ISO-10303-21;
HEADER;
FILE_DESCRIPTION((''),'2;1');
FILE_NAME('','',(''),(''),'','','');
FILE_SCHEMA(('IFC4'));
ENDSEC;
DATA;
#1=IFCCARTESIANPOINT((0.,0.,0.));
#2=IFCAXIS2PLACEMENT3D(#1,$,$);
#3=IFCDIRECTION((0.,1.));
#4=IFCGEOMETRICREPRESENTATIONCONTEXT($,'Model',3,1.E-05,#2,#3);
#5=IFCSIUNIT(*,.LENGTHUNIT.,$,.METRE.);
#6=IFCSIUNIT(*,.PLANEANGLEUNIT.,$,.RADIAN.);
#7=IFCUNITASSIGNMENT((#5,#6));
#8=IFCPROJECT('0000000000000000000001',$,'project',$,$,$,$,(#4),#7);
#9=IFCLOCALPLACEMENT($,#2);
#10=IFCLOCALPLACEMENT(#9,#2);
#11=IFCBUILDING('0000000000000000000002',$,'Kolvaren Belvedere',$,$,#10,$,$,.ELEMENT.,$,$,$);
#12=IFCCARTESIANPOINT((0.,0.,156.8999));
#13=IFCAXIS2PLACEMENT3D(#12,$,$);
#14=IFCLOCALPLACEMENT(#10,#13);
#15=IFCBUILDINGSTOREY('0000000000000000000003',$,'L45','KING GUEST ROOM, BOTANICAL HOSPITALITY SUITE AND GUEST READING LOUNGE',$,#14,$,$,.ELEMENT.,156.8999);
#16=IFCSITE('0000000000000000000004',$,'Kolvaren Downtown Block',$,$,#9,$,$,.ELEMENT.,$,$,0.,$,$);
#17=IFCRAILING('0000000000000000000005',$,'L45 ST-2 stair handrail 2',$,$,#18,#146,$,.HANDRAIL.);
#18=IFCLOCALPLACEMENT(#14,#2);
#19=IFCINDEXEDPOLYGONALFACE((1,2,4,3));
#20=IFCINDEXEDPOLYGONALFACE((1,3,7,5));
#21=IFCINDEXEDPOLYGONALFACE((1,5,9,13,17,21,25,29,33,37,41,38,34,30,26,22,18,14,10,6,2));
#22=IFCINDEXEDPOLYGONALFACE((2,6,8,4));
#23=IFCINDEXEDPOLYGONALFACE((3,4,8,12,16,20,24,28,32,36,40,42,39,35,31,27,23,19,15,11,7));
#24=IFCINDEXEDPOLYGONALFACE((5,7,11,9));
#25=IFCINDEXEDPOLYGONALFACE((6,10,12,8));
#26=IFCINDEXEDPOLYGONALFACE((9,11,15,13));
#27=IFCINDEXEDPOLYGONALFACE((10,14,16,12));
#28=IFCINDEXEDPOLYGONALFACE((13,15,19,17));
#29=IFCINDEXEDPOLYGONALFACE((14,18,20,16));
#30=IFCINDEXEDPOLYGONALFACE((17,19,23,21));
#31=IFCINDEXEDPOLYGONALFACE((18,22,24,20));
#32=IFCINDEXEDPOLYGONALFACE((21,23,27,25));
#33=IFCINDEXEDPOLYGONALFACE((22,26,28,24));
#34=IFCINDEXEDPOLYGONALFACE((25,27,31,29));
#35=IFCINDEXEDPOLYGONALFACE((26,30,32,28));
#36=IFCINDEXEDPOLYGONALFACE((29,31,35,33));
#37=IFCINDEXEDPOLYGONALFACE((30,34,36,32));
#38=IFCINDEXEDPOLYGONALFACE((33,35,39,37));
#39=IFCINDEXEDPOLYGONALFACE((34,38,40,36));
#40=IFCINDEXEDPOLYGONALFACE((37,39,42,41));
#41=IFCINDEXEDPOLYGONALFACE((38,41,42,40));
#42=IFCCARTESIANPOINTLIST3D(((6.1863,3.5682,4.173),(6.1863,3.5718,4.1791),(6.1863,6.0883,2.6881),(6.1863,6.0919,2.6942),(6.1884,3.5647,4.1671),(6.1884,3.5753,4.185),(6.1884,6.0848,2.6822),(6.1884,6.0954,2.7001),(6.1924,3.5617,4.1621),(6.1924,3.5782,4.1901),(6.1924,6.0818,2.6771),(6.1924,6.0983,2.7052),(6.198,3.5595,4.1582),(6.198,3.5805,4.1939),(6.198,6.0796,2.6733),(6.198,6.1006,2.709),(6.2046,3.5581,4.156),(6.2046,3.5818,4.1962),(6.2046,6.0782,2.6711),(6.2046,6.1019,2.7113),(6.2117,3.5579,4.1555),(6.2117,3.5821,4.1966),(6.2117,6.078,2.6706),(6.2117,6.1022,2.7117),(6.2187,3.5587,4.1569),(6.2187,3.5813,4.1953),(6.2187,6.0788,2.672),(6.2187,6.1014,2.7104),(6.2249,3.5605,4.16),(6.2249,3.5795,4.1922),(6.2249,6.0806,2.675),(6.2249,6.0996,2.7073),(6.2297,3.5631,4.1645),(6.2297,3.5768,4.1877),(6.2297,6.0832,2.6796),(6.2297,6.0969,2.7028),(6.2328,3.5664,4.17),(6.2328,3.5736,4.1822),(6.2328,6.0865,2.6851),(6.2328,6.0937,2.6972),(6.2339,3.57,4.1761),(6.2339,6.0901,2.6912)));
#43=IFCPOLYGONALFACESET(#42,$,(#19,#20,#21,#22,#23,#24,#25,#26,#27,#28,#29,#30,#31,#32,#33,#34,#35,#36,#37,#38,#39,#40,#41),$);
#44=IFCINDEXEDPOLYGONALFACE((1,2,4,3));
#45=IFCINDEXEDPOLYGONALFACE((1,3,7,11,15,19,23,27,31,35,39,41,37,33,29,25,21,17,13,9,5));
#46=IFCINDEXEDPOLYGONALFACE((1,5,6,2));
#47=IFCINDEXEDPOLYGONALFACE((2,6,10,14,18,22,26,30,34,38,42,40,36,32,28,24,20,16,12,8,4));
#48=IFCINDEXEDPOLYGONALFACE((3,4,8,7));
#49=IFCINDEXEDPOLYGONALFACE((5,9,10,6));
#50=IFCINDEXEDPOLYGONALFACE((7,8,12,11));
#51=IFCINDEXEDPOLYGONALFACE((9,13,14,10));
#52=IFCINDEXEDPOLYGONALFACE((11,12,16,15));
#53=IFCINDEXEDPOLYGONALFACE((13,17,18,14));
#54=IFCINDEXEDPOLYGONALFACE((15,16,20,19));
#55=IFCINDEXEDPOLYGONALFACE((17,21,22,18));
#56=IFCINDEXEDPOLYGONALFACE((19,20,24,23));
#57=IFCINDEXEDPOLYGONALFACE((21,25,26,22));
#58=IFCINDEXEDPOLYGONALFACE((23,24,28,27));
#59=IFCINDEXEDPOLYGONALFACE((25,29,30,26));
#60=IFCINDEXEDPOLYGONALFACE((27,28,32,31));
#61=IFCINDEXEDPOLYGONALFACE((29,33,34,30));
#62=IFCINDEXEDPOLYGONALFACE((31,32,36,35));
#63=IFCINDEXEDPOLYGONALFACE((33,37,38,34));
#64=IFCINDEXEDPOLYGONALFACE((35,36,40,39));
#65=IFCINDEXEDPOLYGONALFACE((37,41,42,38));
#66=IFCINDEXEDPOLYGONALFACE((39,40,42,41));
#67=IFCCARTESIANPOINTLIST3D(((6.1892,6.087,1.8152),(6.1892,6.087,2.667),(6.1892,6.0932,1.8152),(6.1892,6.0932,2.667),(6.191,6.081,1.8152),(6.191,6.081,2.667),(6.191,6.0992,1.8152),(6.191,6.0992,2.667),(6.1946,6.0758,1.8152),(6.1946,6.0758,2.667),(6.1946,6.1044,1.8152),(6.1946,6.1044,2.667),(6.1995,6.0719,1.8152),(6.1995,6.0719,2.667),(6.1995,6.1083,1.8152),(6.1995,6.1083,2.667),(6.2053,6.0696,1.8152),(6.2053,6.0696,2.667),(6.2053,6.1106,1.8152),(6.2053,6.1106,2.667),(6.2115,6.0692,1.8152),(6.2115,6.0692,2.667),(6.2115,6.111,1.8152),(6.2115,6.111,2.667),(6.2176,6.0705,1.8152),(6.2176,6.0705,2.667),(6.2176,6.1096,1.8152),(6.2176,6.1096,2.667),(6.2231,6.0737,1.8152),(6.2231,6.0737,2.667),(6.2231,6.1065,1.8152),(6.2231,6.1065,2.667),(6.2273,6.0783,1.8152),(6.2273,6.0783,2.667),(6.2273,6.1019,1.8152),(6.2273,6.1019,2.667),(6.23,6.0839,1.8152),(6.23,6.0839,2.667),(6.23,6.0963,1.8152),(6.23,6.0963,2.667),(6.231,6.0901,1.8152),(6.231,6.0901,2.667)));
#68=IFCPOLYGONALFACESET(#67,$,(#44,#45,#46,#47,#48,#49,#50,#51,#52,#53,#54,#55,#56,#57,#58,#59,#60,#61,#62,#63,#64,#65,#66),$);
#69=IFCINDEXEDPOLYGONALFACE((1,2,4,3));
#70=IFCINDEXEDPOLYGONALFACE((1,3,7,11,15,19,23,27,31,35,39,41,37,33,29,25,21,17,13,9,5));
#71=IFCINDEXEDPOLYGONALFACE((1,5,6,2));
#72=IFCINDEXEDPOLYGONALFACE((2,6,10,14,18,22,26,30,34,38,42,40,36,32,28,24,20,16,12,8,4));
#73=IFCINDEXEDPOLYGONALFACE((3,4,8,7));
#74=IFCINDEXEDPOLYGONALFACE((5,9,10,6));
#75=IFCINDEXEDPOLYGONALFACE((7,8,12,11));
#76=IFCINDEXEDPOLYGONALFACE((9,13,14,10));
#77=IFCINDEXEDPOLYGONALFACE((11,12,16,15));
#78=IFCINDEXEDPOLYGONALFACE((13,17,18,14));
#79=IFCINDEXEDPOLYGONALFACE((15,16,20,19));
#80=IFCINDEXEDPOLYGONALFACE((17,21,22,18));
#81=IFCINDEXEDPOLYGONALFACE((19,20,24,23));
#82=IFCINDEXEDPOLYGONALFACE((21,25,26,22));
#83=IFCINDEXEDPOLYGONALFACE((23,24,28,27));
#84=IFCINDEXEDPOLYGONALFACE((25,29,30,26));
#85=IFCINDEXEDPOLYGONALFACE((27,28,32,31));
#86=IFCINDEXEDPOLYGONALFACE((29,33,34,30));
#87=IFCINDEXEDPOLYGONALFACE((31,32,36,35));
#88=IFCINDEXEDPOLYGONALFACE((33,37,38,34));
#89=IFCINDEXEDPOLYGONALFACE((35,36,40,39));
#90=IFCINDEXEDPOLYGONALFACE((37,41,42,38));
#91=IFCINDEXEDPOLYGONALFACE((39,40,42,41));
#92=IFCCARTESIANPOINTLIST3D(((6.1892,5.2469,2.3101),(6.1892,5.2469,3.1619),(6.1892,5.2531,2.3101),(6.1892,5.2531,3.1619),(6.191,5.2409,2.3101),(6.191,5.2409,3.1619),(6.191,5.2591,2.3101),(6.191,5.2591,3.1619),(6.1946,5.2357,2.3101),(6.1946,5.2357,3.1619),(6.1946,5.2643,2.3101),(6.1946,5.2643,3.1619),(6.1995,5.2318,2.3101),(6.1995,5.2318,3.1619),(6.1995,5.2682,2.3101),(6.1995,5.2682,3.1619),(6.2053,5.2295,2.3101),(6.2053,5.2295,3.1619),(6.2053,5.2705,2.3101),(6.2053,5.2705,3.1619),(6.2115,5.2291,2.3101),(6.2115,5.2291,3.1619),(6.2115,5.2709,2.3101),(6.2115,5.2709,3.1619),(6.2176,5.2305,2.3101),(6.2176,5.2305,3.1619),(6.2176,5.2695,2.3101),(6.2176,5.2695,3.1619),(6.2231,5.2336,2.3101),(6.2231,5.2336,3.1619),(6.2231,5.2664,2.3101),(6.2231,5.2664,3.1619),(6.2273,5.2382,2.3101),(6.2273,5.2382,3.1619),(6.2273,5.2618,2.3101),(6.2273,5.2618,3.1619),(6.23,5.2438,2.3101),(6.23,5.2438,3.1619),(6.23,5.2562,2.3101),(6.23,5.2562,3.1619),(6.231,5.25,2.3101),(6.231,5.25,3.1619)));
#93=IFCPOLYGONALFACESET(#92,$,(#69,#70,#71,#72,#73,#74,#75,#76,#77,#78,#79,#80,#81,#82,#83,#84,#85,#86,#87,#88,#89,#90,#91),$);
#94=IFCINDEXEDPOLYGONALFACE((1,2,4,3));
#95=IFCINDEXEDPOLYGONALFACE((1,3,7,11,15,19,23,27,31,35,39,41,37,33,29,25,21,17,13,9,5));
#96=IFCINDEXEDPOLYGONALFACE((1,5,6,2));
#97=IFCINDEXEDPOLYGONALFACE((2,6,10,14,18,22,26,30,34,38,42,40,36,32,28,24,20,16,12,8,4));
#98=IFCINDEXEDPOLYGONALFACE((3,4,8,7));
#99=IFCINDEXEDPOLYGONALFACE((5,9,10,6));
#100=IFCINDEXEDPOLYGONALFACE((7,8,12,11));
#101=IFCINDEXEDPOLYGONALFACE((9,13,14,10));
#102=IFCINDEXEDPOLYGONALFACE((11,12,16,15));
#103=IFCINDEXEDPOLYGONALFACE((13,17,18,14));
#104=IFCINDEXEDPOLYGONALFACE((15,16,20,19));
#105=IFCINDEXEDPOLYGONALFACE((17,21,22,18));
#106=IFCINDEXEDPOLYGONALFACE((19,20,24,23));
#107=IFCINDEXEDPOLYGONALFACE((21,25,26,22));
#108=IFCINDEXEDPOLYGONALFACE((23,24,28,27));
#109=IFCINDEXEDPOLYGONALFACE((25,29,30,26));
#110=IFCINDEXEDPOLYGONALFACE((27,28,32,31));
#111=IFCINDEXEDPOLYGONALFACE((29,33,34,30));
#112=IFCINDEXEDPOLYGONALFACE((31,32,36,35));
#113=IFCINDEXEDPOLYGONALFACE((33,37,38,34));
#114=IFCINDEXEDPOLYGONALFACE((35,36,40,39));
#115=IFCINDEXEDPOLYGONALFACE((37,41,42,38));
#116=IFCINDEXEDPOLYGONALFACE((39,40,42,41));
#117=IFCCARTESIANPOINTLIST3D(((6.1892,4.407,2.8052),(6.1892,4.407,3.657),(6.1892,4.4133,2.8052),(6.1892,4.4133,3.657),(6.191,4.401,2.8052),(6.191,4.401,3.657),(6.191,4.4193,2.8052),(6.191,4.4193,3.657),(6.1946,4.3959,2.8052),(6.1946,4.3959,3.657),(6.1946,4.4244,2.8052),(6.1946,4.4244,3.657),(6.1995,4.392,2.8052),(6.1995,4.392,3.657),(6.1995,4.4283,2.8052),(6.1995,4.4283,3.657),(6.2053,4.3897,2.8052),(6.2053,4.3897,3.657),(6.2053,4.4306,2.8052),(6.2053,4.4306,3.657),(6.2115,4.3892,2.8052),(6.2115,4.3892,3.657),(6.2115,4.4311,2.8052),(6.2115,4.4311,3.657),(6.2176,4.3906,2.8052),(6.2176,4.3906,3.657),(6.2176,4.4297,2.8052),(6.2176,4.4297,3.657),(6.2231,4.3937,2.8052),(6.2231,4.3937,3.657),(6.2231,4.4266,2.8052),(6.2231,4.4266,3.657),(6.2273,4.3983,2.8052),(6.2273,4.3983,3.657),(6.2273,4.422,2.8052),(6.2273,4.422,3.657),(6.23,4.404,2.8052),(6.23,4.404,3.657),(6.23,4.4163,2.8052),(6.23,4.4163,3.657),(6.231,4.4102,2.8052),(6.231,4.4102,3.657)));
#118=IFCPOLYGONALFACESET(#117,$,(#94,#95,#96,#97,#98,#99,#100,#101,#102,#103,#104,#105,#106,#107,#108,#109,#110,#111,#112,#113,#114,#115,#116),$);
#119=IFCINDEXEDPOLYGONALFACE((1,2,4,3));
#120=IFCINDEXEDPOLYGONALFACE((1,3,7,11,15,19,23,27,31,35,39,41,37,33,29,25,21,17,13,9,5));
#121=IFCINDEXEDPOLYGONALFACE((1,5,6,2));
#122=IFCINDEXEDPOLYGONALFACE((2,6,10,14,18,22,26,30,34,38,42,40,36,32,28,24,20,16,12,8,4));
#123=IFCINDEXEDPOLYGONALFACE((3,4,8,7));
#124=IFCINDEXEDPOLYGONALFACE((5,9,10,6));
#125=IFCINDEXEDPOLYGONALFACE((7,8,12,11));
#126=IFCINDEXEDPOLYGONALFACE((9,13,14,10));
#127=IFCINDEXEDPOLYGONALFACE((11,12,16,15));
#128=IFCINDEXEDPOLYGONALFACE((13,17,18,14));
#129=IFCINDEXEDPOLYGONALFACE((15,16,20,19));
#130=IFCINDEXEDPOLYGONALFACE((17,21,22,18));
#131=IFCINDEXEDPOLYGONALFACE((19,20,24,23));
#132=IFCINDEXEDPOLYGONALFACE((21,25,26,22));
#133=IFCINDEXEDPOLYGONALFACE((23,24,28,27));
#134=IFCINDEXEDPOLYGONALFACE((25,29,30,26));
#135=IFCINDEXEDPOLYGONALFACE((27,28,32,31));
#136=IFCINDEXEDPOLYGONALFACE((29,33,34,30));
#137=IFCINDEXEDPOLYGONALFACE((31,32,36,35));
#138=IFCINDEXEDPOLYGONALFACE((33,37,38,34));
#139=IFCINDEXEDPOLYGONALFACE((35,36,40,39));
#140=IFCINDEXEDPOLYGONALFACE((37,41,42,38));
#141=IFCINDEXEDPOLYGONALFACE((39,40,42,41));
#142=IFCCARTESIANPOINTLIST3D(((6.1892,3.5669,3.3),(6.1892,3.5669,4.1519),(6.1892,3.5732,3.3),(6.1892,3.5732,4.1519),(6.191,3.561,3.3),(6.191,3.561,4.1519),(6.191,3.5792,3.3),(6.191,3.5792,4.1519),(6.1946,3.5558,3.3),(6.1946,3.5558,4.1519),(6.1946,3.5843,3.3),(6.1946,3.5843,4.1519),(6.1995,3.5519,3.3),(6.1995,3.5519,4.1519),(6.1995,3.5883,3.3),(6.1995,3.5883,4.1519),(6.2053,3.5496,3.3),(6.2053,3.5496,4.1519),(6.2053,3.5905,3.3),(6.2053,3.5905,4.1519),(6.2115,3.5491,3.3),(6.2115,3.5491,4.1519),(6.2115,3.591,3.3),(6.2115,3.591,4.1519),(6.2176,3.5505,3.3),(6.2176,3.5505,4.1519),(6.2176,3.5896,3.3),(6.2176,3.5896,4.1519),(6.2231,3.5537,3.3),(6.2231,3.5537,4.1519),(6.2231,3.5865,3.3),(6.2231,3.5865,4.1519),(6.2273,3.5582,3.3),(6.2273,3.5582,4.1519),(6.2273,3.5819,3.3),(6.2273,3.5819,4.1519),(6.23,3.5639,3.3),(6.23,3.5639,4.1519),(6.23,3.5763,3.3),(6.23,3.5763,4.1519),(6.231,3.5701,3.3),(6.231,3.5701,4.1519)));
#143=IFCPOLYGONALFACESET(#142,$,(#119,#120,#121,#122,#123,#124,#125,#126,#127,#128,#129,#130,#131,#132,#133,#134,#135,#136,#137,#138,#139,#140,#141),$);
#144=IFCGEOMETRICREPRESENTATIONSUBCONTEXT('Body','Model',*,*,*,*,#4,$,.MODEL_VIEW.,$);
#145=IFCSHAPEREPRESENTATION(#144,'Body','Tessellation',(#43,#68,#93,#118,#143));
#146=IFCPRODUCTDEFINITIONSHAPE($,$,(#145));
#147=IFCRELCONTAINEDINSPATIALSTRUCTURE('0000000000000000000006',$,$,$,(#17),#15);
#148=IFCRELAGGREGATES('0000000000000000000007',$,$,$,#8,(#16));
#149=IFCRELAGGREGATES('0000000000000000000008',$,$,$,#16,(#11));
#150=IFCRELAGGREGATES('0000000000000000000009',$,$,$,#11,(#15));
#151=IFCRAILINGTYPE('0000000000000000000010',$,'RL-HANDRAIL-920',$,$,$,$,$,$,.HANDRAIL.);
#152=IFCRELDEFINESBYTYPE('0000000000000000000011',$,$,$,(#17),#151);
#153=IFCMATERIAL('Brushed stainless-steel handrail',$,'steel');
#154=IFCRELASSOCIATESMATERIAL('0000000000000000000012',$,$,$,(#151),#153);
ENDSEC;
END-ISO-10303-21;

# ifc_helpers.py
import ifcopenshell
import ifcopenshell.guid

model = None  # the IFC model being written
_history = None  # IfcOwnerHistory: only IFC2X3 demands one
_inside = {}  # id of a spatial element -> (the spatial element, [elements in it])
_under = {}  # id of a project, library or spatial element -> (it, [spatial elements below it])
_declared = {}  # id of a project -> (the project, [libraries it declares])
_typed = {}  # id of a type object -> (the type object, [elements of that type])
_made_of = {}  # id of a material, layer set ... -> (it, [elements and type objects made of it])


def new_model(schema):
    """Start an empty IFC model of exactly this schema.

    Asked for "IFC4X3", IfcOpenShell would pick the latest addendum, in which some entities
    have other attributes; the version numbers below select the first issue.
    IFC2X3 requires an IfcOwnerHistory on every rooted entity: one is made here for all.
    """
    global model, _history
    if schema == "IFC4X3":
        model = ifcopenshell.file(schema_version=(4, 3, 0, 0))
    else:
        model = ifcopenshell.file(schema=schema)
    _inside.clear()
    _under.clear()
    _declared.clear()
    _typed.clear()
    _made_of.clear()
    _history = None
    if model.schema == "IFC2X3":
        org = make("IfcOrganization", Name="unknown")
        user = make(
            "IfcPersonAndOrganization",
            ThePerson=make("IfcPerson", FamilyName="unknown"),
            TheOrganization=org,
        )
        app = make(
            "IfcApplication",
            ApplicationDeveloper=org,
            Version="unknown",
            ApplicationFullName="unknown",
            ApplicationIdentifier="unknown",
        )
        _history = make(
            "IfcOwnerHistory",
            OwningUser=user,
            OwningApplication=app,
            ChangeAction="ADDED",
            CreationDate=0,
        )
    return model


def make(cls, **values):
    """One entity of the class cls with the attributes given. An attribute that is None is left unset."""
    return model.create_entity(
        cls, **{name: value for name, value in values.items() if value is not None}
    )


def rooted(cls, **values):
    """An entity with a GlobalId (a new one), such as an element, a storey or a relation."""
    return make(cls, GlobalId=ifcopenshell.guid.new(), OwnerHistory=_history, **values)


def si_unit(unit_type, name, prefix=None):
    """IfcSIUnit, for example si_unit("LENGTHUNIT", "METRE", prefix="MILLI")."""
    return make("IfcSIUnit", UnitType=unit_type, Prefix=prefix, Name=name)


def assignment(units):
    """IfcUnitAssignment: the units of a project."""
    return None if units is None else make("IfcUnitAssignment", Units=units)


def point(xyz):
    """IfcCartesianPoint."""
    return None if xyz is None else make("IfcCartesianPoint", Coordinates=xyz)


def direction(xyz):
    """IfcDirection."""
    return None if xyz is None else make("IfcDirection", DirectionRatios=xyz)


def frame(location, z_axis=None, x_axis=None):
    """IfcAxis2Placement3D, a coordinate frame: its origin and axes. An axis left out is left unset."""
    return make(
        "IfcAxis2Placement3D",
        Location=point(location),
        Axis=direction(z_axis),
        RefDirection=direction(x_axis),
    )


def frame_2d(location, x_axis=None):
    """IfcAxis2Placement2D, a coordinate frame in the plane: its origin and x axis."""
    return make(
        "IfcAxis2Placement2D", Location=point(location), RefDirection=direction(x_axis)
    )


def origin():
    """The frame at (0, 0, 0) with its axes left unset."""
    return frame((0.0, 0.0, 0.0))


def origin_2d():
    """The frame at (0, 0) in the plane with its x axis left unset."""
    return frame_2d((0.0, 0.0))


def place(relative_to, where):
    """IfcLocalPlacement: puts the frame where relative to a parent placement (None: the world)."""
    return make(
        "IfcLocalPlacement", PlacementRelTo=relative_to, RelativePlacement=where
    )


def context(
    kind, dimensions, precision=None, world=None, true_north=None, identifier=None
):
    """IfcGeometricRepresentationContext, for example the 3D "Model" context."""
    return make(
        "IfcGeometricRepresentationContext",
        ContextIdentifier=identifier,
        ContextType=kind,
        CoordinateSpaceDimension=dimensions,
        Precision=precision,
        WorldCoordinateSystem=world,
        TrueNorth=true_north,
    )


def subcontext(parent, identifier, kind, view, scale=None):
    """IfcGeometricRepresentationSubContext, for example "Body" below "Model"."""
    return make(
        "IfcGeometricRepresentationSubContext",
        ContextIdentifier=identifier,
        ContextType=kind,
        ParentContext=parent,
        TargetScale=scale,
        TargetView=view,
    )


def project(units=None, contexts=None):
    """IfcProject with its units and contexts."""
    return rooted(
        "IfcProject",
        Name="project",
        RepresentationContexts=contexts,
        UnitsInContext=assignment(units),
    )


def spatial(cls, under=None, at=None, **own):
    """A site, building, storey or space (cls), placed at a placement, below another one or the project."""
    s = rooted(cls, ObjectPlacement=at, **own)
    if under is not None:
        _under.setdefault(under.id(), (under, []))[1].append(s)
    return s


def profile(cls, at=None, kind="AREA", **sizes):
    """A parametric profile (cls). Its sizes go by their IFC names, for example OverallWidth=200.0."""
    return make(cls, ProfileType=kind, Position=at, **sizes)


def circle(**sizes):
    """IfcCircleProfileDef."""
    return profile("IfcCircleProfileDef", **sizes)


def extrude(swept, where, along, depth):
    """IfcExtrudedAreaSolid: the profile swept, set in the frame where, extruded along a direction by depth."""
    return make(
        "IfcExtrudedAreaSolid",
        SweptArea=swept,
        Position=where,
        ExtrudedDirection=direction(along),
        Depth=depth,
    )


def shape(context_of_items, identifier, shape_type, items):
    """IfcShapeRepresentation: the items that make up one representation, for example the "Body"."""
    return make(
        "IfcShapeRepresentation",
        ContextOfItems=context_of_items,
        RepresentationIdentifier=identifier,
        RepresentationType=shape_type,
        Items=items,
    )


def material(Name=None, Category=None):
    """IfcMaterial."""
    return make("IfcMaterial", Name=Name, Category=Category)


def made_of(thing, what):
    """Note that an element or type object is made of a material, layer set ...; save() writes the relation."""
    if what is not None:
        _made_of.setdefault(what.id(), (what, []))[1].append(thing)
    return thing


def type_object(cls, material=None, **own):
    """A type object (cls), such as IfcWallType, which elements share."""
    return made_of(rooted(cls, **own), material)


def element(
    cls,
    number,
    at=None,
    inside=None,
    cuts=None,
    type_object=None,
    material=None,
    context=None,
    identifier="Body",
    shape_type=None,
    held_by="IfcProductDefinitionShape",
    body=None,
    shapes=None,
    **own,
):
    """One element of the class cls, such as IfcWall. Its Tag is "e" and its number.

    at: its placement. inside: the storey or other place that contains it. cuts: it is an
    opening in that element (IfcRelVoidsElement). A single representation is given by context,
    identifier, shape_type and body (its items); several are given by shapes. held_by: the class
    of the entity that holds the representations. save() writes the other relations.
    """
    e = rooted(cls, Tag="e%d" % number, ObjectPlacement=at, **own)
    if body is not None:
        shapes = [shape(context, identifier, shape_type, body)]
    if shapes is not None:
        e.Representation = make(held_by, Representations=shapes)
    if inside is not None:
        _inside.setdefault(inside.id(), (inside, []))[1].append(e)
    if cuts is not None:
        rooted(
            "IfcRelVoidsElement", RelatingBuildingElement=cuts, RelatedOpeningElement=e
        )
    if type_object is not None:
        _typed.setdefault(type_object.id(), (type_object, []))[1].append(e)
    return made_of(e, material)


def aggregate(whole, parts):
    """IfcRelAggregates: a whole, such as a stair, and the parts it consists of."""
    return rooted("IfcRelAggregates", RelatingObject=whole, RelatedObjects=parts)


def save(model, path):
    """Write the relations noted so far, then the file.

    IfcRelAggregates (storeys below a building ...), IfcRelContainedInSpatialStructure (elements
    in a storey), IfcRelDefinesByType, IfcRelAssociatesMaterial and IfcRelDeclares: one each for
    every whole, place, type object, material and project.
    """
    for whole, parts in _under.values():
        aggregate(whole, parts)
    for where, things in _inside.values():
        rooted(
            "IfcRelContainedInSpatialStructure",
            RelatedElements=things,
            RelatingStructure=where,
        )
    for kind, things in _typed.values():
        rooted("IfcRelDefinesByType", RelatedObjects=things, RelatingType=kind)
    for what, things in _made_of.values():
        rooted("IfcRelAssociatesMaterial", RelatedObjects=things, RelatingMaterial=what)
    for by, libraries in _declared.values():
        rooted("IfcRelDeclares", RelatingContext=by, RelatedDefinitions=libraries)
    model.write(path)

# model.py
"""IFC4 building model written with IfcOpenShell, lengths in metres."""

from ifc_helpers import new_model, si_unit, direction, frame, origin, origin_2d, place, context, subcontext, project, spatial, circle, extrude, material, type_object, element, save


model = new_model("IFC4")

# Units and contexts
model_context = context("Model", 3, precision=1e-05, world=origin(), true_north=direction((0.0, 1.0)))
body_context = subcontext(model_context, "Body", "Model", "MODEL_VIEW")
ifc_project = project(units=[si_unit("LENGTHUNIT", "METRE"), si_unit("PLANEANGLEUNIT", "RADIAN")], contexts=[model_context])

# Site, building, storey
site_placement = place(None, origin())
site = spatial("IfcSite", under=ifc_project, at=site_placement, Name="Kolvaren Downtown Block", CompositionType="ELEMENT", RefElevation=0.0)
building_placement = place(site_placement, origin())
building = spatial("IfcBuilding", under=site, at=building_placement, Name="Kolvaren Belvedere", CompositionType="ELEMENT")
storey_placement = place(building_placement, frame((0.0, 0.0, 156.8999)))
storey = spatial("IfcBuildingStorey", under=building, at=storey_placement, Name="L45", Description="KING GUEST ROOM, BOTANICAL HOSPITALITY SUITE AND GUEST READING LOUNGE", CompositionType="ELEMENT", Elevation=156.8999)

# Railing
ifc_material_1 = material(Name="Brushed stainless-steel handrail", Category="steel")
railing_type_1 = type_object("IfcRailingType", Name="RL-HANDRAIL-920", PredefinedType="HANDRAIL", material=ifc_material_1)
railing_1_placement = place(storey_placement, frame((6.21, 6.0901, 1.8152)))
element("IfcRailing", 1, at=railing_1_placement, inside=storey, type_object=railing_type_1, Name="L45 ST-2 stair handrail 2", PredefinedType="HANDRAIL", context=body_context, shape_type="SweptSolid", body=[
    extrude(circle(Radius=0.0239, at=origin_2d()), frame((0.0, 0.0, 0.876), z_axis=(0.0, -0.861561, 0.507655), x_axis=(1.0, 0.0, 0.0)), (0.0, 0.0, 1.0), 2.925),
    extrude(circle(Radius=0.021, at=origin_2d()), origin(), (0.0, 0.0, 1.0), 0.8518),
    extrude(circle(Radius=0.021, at=origin_2d()), frame((0.0, -0.8401, 0.4949)), (0.0, 0.0, 1.0), 0.8518),
    extrude(circle(Radius=0.021, at=origin_2d()), frame((0.0, -1.6799, 0.99)), (0.0, 0.0, 1.0), 0.8518),
    extrude(circle(Radius=0.021, at=origin_2d()), frame((0.0, -2.52, 1.4849)), (0.0, 0.0, 1.0), 0.8518),
])

save(model, "model.ifc")
